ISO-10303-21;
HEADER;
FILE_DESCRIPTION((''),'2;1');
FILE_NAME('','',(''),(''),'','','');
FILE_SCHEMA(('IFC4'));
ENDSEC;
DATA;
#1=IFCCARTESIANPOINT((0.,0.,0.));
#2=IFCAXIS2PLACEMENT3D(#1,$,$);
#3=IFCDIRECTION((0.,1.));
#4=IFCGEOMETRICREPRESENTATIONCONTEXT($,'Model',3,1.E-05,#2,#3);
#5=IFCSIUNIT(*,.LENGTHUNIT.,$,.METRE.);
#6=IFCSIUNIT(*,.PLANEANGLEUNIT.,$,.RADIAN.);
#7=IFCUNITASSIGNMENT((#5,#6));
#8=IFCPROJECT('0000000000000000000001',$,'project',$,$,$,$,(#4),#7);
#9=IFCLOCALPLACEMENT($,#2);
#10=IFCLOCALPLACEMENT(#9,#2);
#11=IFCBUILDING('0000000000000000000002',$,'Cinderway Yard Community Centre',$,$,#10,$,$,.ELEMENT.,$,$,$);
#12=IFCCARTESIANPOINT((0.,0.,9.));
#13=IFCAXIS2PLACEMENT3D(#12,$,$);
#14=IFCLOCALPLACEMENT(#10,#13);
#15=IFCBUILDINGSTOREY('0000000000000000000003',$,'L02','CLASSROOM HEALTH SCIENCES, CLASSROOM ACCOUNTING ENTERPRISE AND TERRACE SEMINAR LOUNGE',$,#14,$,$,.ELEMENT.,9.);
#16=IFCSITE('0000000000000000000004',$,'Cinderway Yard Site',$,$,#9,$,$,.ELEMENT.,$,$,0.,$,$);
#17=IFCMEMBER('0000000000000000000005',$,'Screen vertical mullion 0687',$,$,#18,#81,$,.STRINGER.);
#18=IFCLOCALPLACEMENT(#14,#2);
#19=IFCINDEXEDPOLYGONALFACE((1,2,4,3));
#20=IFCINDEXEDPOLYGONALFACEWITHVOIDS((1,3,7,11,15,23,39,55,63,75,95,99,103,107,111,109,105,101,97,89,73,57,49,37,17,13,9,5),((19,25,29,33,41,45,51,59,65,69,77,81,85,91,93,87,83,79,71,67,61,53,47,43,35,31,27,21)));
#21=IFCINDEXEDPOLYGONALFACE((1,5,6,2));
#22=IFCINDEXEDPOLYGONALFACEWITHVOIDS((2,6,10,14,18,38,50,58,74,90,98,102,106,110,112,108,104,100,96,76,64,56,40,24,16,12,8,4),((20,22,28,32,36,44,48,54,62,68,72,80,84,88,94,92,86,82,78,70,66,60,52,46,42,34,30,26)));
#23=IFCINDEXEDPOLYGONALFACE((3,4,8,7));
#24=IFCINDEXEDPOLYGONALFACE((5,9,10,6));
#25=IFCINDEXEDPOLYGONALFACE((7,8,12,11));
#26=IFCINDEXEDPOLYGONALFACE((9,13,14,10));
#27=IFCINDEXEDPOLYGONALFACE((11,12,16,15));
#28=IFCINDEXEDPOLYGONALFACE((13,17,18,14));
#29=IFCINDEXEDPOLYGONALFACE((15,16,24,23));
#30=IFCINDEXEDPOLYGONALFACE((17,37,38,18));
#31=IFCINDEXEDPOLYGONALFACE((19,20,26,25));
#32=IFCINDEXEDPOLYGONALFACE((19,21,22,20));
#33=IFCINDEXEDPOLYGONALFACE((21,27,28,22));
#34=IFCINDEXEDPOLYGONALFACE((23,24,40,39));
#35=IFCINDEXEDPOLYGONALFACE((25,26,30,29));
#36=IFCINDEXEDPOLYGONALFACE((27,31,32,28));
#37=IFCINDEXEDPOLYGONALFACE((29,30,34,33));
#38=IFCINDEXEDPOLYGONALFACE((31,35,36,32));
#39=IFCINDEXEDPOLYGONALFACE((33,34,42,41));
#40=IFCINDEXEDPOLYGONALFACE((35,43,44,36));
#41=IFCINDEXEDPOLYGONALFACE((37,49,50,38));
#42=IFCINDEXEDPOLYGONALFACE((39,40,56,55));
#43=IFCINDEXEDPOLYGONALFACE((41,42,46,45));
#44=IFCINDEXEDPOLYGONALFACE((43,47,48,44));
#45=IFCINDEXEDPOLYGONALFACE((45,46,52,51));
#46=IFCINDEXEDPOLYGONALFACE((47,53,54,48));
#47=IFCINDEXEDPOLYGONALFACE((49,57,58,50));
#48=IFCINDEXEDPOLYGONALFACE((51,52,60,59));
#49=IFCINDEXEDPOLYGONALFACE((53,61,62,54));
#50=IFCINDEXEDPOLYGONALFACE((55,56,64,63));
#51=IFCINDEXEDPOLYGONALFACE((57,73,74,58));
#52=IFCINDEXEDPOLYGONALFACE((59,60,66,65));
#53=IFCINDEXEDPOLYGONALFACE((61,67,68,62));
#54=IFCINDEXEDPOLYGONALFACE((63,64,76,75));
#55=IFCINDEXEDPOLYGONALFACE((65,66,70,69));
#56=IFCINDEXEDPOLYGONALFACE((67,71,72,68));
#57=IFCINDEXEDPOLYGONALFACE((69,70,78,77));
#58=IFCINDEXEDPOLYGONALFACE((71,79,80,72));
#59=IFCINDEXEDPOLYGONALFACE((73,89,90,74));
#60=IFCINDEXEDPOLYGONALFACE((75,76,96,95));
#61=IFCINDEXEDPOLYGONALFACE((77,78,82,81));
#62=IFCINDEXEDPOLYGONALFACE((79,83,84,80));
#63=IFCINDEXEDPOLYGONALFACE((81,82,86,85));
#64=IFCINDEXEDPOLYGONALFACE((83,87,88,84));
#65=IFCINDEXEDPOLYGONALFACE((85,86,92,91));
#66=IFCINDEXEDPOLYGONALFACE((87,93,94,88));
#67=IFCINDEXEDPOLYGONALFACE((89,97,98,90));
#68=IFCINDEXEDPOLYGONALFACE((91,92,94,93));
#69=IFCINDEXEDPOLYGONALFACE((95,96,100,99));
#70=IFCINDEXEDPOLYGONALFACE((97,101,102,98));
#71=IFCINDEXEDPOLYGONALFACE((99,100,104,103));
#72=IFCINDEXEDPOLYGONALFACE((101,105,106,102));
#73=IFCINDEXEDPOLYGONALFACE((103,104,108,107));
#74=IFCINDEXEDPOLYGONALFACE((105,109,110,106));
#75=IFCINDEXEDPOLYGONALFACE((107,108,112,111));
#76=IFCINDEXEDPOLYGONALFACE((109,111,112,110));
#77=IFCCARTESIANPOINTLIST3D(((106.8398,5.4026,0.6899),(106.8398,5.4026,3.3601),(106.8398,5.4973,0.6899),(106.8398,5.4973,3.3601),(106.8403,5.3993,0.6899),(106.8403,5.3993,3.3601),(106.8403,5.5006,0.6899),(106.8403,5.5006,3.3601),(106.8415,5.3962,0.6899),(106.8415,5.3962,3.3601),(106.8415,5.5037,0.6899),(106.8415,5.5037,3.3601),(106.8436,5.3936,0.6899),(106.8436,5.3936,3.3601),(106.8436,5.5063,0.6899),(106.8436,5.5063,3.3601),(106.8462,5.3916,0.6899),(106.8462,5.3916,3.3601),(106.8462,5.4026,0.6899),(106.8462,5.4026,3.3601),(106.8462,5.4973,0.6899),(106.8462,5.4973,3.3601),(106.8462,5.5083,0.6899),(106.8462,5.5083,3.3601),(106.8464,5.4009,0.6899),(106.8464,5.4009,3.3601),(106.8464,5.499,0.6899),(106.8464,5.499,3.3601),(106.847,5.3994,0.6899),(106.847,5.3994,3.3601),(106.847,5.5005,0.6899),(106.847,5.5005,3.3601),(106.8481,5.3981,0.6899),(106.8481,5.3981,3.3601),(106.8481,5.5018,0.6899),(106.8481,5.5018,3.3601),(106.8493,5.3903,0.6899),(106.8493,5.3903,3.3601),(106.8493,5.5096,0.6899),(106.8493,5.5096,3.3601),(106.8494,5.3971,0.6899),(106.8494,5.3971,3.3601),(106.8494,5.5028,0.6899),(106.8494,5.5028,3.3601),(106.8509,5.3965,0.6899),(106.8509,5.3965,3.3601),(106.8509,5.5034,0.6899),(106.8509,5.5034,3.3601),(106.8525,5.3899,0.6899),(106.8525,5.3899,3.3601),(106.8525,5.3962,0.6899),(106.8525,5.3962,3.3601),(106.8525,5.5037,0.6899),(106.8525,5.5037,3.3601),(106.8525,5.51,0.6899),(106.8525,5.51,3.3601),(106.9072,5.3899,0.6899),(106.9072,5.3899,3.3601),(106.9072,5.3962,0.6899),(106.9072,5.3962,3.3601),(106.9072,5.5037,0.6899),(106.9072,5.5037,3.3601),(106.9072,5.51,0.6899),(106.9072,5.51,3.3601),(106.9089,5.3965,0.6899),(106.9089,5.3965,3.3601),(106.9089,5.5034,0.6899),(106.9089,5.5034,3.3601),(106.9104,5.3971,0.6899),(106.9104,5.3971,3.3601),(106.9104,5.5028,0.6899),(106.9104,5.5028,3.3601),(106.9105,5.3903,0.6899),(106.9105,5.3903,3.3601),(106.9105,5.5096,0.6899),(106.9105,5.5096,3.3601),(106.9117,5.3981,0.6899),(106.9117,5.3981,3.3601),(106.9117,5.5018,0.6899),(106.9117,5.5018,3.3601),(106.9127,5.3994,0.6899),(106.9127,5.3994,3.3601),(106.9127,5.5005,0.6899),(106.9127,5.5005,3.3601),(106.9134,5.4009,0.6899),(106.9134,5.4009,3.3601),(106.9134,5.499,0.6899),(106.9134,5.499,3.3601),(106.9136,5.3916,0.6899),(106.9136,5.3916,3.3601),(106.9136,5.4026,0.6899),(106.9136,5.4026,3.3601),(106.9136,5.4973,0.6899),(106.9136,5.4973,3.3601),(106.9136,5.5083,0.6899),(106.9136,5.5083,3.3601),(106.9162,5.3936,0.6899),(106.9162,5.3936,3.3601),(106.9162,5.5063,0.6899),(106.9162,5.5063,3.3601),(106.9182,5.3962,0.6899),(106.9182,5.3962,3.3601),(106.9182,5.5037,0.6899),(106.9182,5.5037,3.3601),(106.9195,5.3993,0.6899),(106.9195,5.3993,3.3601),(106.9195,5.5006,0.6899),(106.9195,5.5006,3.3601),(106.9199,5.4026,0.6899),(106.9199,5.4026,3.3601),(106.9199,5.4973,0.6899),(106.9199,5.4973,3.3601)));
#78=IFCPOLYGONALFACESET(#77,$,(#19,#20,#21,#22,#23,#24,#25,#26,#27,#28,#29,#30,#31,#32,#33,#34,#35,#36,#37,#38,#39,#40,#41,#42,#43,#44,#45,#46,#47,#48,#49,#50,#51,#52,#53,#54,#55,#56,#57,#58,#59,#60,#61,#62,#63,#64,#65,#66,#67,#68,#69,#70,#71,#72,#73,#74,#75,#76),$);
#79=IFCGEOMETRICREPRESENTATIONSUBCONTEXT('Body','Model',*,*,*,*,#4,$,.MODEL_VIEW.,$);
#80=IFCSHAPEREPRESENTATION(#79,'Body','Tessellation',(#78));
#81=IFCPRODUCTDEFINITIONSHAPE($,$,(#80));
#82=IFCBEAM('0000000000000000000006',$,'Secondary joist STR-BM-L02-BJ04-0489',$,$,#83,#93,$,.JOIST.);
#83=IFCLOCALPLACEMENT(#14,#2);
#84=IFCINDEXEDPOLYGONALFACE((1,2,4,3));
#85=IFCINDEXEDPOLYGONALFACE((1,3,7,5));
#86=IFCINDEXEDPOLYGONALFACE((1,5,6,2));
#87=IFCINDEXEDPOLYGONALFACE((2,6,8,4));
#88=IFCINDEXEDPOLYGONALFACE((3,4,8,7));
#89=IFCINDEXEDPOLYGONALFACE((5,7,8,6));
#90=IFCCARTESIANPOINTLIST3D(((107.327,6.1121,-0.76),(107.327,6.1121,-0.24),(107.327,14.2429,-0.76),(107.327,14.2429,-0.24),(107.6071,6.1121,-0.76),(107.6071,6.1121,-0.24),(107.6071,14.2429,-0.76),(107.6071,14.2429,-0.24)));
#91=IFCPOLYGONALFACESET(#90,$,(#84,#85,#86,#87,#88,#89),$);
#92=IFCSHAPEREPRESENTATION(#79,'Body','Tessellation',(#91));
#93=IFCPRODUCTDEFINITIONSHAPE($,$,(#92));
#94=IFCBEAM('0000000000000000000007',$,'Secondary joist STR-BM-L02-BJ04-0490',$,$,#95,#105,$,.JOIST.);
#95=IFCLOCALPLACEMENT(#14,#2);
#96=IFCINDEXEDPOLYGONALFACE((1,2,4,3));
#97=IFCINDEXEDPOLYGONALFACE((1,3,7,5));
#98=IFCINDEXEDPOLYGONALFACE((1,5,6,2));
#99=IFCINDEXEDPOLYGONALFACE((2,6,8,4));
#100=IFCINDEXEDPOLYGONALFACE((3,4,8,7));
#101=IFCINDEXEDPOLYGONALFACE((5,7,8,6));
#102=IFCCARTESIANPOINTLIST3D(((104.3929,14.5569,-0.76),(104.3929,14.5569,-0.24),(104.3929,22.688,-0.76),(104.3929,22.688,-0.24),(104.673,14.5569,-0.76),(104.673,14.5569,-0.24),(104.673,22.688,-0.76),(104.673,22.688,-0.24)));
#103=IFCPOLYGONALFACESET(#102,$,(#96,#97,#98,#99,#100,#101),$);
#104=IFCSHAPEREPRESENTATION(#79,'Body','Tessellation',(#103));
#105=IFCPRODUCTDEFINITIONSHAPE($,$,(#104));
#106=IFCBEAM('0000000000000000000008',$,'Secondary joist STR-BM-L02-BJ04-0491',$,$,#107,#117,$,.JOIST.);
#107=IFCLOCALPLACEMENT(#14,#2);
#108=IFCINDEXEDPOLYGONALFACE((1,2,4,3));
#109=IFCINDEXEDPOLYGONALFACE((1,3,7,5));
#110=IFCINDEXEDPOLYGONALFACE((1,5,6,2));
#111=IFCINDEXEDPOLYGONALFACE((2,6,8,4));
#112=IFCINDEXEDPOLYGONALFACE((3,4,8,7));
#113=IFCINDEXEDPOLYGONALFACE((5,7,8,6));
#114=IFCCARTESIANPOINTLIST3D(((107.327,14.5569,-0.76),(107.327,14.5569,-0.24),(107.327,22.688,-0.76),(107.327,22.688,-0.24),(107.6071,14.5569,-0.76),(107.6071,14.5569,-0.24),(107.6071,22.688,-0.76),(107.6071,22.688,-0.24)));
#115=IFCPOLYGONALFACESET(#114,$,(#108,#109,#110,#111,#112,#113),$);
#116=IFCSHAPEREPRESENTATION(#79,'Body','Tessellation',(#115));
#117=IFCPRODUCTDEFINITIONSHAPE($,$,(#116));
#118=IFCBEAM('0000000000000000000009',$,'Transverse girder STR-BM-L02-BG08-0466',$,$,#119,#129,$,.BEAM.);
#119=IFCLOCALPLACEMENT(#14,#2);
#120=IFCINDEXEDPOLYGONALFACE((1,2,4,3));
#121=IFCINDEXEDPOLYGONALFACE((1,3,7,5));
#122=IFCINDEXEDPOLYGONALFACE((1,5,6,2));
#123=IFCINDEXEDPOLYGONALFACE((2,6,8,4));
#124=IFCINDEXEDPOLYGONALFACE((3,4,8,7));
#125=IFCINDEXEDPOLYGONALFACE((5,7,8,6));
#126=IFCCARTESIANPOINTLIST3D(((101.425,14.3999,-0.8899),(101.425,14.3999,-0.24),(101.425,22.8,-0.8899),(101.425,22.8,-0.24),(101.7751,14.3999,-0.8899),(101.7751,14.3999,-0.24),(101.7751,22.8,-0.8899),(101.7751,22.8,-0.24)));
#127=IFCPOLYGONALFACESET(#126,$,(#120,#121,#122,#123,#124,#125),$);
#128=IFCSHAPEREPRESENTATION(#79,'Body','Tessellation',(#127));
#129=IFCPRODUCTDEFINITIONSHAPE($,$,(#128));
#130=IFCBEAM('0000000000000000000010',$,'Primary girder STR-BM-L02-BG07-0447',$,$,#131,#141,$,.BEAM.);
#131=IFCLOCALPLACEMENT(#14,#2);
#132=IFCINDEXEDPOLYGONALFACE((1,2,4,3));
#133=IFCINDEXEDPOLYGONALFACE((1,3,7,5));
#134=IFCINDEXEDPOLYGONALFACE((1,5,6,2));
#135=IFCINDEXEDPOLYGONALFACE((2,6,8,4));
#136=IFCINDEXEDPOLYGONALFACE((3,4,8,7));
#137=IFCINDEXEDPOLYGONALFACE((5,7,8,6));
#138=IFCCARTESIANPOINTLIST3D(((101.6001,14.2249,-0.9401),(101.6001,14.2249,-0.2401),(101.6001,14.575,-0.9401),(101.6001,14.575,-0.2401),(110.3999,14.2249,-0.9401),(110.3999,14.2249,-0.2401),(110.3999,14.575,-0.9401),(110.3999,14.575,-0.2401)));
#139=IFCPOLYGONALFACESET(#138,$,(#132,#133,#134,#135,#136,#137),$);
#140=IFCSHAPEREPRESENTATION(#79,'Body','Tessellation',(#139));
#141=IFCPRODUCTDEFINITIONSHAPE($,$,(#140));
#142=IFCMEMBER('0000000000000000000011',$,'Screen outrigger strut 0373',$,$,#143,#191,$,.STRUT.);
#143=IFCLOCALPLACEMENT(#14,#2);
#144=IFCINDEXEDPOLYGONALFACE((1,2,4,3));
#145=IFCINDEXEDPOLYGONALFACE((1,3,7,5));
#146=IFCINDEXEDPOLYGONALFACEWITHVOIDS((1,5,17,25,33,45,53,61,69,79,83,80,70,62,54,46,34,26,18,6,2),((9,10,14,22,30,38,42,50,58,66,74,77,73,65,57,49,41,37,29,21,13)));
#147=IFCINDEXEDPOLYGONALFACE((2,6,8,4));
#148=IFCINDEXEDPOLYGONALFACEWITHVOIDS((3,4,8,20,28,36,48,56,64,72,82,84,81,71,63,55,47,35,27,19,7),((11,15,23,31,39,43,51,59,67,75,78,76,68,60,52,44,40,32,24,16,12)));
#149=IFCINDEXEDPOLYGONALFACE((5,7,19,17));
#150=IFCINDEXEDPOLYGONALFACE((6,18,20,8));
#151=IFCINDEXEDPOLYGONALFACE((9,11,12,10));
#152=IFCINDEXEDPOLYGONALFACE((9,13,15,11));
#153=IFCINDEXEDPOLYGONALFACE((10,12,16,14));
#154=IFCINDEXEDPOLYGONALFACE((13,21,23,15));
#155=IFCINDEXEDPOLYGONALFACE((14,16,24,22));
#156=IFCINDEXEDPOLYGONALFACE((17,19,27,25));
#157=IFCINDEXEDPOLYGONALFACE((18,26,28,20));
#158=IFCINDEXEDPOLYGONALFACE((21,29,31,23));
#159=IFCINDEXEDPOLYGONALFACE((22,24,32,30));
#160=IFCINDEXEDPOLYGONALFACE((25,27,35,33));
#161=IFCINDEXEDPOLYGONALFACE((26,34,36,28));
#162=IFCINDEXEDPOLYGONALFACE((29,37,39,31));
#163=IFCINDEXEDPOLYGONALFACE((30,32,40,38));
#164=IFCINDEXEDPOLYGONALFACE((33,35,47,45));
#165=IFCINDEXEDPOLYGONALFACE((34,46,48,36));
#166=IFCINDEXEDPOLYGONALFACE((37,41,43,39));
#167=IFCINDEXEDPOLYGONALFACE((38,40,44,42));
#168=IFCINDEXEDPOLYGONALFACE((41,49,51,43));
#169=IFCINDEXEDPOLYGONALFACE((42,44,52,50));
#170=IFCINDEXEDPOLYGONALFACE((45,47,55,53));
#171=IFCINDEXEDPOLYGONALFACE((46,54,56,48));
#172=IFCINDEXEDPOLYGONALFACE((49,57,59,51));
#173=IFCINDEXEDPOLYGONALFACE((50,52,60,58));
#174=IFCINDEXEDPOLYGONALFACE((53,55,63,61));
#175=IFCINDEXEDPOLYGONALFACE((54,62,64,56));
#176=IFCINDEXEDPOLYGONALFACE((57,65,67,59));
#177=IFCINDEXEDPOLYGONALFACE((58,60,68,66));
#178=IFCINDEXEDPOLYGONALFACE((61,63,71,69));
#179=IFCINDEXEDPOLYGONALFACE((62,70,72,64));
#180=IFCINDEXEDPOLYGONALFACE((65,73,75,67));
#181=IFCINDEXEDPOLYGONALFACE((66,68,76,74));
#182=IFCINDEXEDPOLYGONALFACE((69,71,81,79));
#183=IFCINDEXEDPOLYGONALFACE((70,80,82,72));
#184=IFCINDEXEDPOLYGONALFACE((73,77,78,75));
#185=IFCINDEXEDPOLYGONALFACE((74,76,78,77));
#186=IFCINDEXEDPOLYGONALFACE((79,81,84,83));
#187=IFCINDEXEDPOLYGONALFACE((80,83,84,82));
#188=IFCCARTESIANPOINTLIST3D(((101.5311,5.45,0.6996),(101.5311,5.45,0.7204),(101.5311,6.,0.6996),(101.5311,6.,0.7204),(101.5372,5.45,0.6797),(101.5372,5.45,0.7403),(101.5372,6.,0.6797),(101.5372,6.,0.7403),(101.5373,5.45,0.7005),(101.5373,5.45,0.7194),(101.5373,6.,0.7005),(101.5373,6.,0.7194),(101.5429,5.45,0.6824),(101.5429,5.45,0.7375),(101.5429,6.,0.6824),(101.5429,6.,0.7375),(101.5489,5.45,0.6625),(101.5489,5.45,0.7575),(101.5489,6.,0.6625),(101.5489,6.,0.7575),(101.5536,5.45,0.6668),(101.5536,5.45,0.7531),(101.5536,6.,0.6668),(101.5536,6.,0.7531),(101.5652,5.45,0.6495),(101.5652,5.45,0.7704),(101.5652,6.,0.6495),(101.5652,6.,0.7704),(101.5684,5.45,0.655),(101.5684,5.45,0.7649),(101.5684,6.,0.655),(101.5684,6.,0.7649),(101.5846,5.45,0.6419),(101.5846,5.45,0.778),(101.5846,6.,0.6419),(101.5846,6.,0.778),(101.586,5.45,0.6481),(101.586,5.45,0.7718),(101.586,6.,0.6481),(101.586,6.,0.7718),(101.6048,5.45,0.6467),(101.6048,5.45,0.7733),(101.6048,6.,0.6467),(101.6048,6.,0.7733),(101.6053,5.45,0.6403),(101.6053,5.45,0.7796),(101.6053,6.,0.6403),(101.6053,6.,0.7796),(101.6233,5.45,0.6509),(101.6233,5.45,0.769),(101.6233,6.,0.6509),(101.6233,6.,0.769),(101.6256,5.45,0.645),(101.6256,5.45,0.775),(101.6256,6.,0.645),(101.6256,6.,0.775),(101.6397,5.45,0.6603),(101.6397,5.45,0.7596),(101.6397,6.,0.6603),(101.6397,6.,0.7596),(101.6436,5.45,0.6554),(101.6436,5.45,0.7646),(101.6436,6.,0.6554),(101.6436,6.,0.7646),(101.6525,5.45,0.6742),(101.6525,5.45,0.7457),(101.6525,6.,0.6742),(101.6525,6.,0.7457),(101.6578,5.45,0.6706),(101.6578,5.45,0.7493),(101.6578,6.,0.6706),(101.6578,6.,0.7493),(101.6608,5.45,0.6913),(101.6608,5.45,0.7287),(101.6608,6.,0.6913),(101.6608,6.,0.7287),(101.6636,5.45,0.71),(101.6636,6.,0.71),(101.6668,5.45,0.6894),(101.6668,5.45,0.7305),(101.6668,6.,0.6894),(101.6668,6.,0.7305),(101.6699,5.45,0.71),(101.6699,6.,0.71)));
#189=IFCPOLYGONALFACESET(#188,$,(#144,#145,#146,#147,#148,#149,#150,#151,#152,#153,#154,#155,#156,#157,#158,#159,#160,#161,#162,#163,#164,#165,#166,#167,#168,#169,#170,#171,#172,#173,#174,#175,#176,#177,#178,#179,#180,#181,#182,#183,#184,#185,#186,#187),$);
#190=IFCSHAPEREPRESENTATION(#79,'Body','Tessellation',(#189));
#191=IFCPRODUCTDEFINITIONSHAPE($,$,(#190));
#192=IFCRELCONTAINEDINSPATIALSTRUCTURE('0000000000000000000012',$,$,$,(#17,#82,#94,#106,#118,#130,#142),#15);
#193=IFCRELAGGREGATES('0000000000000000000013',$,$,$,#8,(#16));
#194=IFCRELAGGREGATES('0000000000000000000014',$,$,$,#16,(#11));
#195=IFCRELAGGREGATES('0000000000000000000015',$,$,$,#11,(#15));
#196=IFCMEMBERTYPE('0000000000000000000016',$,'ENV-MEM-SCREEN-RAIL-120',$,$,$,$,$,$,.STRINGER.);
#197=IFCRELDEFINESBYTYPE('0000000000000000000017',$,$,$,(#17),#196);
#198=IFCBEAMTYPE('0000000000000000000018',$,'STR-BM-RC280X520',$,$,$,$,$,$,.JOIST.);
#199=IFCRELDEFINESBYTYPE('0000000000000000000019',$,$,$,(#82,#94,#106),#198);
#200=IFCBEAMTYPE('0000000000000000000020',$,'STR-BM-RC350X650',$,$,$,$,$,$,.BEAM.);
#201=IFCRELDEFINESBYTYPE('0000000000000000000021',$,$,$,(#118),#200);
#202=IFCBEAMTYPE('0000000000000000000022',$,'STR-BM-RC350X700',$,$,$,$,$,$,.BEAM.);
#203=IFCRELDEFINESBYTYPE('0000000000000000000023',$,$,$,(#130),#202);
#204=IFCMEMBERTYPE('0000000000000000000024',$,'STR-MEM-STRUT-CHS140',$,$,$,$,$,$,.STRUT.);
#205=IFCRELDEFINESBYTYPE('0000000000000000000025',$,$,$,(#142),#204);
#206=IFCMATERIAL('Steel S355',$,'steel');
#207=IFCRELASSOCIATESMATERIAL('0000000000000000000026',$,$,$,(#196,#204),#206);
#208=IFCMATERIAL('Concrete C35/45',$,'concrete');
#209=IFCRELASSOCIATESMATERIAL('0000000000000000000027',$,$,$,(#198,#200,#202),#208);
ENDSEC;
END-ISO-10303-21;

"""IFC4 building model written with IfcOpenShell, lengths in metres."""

from ifc_helpers import new_model, si_unit, direction, frame, origin, origin_2d, place, context, subcontext, project, spatial, rectangle, hollow_rectangle, hollow_circle, extrude, material, material_profile, profile_set, type_object, element, save


model = new_model("IFC4")

# Units and contexts
model_context = context("Model", 3, precision=1e-05, world=origin(), true_north=direction((0.0, 1.0)))
body_context = subcontext(model_context, "Body", "Model", "MODEL_VIEW")
ifc_project = project(units=[si_unit("LENGTHUNIT", "METRE"), si_unit("PLANEANGLEUNIT", "RADIAN")], contexts=[model_context])

# Site, building, storey
site_placement = place(None, origin())
site = spatial("IfcSite", under=ifc_project, at=site_placement, Name="Cinderway Yard Site", CompositionType="ELEMENT", RefElevation=0.0)
building_placement = place(site_placement, origin())
building = spatial("IfcBuilding", under=site, at=building_placement, Name="Cinderway Yard Community Centre", CompositionType="ELEMENT")
storey_placement = place(building_placement, frame((0.0, 0.0, 9.0)))
storey = spatial("IfcBuildingStorey", under=building, at=storey_placement, Name="L02", Description="CLASSROOM HEALTH SCIENCES, CLASSROOM ACCOUNTING ENTERPRISE AND TERRACE SEMINAR LOUNGE", CompositionType="ELEMENT", Elevation=9.0)

# Member
ifc_material_1 = material(Name="Steel S355", Category="steel")
ifc_material_profile_1 = material_profile(ifc_material_1, hollow_rectangle(XDim=0.0801, YDim=0.1201, WallThickness=0.0063, InnerFilletRadius=0.0063, OuterFilletRadius=0.0127, at=origin_2d()), Name="Steel S355")
ifc_profile_set_1 = profile_set([ifc_material_profile_1], Name="Steel S355")
member_type_1 = type_object("IfcMemberType", Name="ENV-MEM-SCREEN-RAIL-120", PredefinedType="STRINGER", material=ifc_profile_set_1)
for number, where, z_axis, x_axis, name in (
    (1, (106.8799, 5.45, 0.6899), (0.0, 0.0, 1.0), (1.0, 0.0, 0.0), "Screen vertical mullion 0687"),
):
    element("IfcMember", number, at=place(storey_placement, frame(where, z_axis=z_axis, x_axis=x_axis)), inside=storey, type_object=member_type_1, Name=name, PredefinedType="STRINGER", context=body_context, shape_type="SweptSolid", body=[
        extrude(hollow_rectangle(XDim=0.0801, YDim=0.1201, WallThickness=0.0063, InnerFilletRadius=0.0063, OuterFilletRadius=0.0127, at=origin_2d()), origin(), (0.0, 0.0, 1.0), 2.6702),
    ])

# Beams
ifc_material_2 = material(Name="Concrete C35/45", Category="concrete")
ifc_material_profile_2 = material_profile(ifc_material_2, rectangle(XDim=0.28, YDim=0.52, at=origin_2d()), Name="Concrete C35/45")
ifc_profile_set_2 = profile_set([ifc_material_profile_2], Name="Concrete C35/45")
beam_type_1 = type_object("IfcBeamType", Name="STR-BM-RC280X520", PredefinedType="JOIST", material=ifc_profile_set_2)
beam_1_placement = place(storey_placement, frame((107.467, 6.1121, -0.5), z_axis=(0.0, 1.0, 0.0), x_axis=(-1.0, 0.0, 0.0)))
element("IfcBeam", 2, at=beam_1_placement, inside=storey, type_object=beam_type_1, Name="Secondary joist STR-BM-L02-BJ04-0489", PredefinedType="JOIST", context=body_context, shape_type="SweptSolid", body=[
    extrude(rectangle(XDim=0.28, YDim=0.52, at=origin_2d()), origin(), (0.0, 0.0, 1.0), 8.1309),
])
for number, where, z_axis, x_axis, name in (
    (3, (104.533, 14.5569, -0.5), (0.0, 1.0, 0.0), (-1.0, 0.0, 0.0), "Secondary joist STR-BM-L02-BJ04-0490"),
    (4, (107.467, 14.5569, -0.5), (0.0, 1.0, 0.0), (-1.0, 0.0, 0.0), "Secondary joist STR-BM-L02-BJ04-0491"),
):
    element("IfcBeam", number, at=place(storey_placement, frame(where, z_axis=z_axis, x_axis=x_axis)), inside=storey, type_object=beam_type_1, Name=name, PredefinedType="JOIST", context=body_context, shape_type="SweptSolid", body=[
        extrude(rectangle(XDim=0.28, YDim=0.52, at=origin_2d()), origin(), (0.0, 0.0, 1.0), 8.1311),
    ])
ifc_material_profile_3 = material_profile(ifc_material_2, rectangle(XDim=0.3501, YDim=0.6499, at=origin_2d()), Name="Concrete C35/45")
ifc_profile_set_3 = profile_set([ifc_material_profile_3], Name="Concrete C35/45")
beam_type_2 = type_object("IfcBeamType", Name="STR-BM-RC350X650", PredefinedType="BEAM", material=ifc_profile_set_3)
beam_2_placement = place(storey_placement, frame((101.6001, 14.3999, -0.5649), z_axis=(0.0, 1.0, 0.0), x_axis=(-1.0, 0.0, 0.0)))
element("IfcBeam", 5, at=beam_2_placement, inside=storey, type_object=beam_type_2, Name="Transverse girder STR-BM-L02-BG08-0466", PredefinedType="BEAM", context=body_context, shape_type="SweptSolid", body=[
    extrude(rectangle(XDim=0.3501, YDim=0.6499, at=origin_2d()), origin(), (0.0, 0.0, 1.0), 8.4001),
])
ifc_material_profile_4 = material_profile(ifc_material_2, rectangle(XDim=0.3501, YDim=0.7, at=origin_2d()), Name="Concrete C35/45")
ifc_profile_set_4 = profile_set([ifc_material_profile_4], Name="Concrete C35/45")
beam_type_3 = type_object("IfcBeamType", Name="STR-BM-RC350X700", PredefinedType="BEAM", material=ifc_profile_set_4)
beam_3_placement = place(storey_placement, frame((101.6001, 14.3999, -0.5901), z_axis=(1.0, 0.0, 0.0), x_axis=(0.0, 1.0, 0.0)))
element("IfcBeam", 6, at=beam_3_placement, inside=storey, type_object=beam_type_3, Name="Primary girder STR-BM-L02-BG07-0447", PredefinedType="BEAM", context=body_context, shape_type="SweptSolid", body=[
    extrude(rectangle(XDim=0.3501, YDim=0.7, at=origin_2d()), origin(), (0.0, 0.0, 1.0), 8.7998),
])

# Member
ifc_material_profile_5 = material_profile(ifc_material_1, hollow_circle(Radius=0.0698, WallThickness=0.0063, at=origin_2d()), Name="Steel S355")
ifc_profile_set_5 = profile_set([ifc_material_profile_5], Name="Steel S355")
member_type_2 = type_object("IfcMemberType", Name="STR-MEM-STRUT-CHS140", PredefinedType="STRUT", material=ifc_profile_set_5)
for number, where, z_axis, x_axis, name in (
    (7, (101.6001, 6.0, 0.71), (0.0, -1.0, 0.0), (1.0, 0.0, 0.0), "Screen outrigger strut 0373"),
):
    element("IfcMember", number, at=place(storey_placement, frame(where, z_axis=z_axis, x_axis=x_axis)), inside=storey, type_object=member_type_2, Name=name, PredefinedType="STRUT", context=body_context, shape_type="SweptSolid", body=[
        extrude(hollow_circle(Radius=0.0698, WallThickness=0.0063, at=origin_2d()), origin(), (0.0, 0.0, 1.0), 0.55),
    ])

save(model, "model.ifc")
